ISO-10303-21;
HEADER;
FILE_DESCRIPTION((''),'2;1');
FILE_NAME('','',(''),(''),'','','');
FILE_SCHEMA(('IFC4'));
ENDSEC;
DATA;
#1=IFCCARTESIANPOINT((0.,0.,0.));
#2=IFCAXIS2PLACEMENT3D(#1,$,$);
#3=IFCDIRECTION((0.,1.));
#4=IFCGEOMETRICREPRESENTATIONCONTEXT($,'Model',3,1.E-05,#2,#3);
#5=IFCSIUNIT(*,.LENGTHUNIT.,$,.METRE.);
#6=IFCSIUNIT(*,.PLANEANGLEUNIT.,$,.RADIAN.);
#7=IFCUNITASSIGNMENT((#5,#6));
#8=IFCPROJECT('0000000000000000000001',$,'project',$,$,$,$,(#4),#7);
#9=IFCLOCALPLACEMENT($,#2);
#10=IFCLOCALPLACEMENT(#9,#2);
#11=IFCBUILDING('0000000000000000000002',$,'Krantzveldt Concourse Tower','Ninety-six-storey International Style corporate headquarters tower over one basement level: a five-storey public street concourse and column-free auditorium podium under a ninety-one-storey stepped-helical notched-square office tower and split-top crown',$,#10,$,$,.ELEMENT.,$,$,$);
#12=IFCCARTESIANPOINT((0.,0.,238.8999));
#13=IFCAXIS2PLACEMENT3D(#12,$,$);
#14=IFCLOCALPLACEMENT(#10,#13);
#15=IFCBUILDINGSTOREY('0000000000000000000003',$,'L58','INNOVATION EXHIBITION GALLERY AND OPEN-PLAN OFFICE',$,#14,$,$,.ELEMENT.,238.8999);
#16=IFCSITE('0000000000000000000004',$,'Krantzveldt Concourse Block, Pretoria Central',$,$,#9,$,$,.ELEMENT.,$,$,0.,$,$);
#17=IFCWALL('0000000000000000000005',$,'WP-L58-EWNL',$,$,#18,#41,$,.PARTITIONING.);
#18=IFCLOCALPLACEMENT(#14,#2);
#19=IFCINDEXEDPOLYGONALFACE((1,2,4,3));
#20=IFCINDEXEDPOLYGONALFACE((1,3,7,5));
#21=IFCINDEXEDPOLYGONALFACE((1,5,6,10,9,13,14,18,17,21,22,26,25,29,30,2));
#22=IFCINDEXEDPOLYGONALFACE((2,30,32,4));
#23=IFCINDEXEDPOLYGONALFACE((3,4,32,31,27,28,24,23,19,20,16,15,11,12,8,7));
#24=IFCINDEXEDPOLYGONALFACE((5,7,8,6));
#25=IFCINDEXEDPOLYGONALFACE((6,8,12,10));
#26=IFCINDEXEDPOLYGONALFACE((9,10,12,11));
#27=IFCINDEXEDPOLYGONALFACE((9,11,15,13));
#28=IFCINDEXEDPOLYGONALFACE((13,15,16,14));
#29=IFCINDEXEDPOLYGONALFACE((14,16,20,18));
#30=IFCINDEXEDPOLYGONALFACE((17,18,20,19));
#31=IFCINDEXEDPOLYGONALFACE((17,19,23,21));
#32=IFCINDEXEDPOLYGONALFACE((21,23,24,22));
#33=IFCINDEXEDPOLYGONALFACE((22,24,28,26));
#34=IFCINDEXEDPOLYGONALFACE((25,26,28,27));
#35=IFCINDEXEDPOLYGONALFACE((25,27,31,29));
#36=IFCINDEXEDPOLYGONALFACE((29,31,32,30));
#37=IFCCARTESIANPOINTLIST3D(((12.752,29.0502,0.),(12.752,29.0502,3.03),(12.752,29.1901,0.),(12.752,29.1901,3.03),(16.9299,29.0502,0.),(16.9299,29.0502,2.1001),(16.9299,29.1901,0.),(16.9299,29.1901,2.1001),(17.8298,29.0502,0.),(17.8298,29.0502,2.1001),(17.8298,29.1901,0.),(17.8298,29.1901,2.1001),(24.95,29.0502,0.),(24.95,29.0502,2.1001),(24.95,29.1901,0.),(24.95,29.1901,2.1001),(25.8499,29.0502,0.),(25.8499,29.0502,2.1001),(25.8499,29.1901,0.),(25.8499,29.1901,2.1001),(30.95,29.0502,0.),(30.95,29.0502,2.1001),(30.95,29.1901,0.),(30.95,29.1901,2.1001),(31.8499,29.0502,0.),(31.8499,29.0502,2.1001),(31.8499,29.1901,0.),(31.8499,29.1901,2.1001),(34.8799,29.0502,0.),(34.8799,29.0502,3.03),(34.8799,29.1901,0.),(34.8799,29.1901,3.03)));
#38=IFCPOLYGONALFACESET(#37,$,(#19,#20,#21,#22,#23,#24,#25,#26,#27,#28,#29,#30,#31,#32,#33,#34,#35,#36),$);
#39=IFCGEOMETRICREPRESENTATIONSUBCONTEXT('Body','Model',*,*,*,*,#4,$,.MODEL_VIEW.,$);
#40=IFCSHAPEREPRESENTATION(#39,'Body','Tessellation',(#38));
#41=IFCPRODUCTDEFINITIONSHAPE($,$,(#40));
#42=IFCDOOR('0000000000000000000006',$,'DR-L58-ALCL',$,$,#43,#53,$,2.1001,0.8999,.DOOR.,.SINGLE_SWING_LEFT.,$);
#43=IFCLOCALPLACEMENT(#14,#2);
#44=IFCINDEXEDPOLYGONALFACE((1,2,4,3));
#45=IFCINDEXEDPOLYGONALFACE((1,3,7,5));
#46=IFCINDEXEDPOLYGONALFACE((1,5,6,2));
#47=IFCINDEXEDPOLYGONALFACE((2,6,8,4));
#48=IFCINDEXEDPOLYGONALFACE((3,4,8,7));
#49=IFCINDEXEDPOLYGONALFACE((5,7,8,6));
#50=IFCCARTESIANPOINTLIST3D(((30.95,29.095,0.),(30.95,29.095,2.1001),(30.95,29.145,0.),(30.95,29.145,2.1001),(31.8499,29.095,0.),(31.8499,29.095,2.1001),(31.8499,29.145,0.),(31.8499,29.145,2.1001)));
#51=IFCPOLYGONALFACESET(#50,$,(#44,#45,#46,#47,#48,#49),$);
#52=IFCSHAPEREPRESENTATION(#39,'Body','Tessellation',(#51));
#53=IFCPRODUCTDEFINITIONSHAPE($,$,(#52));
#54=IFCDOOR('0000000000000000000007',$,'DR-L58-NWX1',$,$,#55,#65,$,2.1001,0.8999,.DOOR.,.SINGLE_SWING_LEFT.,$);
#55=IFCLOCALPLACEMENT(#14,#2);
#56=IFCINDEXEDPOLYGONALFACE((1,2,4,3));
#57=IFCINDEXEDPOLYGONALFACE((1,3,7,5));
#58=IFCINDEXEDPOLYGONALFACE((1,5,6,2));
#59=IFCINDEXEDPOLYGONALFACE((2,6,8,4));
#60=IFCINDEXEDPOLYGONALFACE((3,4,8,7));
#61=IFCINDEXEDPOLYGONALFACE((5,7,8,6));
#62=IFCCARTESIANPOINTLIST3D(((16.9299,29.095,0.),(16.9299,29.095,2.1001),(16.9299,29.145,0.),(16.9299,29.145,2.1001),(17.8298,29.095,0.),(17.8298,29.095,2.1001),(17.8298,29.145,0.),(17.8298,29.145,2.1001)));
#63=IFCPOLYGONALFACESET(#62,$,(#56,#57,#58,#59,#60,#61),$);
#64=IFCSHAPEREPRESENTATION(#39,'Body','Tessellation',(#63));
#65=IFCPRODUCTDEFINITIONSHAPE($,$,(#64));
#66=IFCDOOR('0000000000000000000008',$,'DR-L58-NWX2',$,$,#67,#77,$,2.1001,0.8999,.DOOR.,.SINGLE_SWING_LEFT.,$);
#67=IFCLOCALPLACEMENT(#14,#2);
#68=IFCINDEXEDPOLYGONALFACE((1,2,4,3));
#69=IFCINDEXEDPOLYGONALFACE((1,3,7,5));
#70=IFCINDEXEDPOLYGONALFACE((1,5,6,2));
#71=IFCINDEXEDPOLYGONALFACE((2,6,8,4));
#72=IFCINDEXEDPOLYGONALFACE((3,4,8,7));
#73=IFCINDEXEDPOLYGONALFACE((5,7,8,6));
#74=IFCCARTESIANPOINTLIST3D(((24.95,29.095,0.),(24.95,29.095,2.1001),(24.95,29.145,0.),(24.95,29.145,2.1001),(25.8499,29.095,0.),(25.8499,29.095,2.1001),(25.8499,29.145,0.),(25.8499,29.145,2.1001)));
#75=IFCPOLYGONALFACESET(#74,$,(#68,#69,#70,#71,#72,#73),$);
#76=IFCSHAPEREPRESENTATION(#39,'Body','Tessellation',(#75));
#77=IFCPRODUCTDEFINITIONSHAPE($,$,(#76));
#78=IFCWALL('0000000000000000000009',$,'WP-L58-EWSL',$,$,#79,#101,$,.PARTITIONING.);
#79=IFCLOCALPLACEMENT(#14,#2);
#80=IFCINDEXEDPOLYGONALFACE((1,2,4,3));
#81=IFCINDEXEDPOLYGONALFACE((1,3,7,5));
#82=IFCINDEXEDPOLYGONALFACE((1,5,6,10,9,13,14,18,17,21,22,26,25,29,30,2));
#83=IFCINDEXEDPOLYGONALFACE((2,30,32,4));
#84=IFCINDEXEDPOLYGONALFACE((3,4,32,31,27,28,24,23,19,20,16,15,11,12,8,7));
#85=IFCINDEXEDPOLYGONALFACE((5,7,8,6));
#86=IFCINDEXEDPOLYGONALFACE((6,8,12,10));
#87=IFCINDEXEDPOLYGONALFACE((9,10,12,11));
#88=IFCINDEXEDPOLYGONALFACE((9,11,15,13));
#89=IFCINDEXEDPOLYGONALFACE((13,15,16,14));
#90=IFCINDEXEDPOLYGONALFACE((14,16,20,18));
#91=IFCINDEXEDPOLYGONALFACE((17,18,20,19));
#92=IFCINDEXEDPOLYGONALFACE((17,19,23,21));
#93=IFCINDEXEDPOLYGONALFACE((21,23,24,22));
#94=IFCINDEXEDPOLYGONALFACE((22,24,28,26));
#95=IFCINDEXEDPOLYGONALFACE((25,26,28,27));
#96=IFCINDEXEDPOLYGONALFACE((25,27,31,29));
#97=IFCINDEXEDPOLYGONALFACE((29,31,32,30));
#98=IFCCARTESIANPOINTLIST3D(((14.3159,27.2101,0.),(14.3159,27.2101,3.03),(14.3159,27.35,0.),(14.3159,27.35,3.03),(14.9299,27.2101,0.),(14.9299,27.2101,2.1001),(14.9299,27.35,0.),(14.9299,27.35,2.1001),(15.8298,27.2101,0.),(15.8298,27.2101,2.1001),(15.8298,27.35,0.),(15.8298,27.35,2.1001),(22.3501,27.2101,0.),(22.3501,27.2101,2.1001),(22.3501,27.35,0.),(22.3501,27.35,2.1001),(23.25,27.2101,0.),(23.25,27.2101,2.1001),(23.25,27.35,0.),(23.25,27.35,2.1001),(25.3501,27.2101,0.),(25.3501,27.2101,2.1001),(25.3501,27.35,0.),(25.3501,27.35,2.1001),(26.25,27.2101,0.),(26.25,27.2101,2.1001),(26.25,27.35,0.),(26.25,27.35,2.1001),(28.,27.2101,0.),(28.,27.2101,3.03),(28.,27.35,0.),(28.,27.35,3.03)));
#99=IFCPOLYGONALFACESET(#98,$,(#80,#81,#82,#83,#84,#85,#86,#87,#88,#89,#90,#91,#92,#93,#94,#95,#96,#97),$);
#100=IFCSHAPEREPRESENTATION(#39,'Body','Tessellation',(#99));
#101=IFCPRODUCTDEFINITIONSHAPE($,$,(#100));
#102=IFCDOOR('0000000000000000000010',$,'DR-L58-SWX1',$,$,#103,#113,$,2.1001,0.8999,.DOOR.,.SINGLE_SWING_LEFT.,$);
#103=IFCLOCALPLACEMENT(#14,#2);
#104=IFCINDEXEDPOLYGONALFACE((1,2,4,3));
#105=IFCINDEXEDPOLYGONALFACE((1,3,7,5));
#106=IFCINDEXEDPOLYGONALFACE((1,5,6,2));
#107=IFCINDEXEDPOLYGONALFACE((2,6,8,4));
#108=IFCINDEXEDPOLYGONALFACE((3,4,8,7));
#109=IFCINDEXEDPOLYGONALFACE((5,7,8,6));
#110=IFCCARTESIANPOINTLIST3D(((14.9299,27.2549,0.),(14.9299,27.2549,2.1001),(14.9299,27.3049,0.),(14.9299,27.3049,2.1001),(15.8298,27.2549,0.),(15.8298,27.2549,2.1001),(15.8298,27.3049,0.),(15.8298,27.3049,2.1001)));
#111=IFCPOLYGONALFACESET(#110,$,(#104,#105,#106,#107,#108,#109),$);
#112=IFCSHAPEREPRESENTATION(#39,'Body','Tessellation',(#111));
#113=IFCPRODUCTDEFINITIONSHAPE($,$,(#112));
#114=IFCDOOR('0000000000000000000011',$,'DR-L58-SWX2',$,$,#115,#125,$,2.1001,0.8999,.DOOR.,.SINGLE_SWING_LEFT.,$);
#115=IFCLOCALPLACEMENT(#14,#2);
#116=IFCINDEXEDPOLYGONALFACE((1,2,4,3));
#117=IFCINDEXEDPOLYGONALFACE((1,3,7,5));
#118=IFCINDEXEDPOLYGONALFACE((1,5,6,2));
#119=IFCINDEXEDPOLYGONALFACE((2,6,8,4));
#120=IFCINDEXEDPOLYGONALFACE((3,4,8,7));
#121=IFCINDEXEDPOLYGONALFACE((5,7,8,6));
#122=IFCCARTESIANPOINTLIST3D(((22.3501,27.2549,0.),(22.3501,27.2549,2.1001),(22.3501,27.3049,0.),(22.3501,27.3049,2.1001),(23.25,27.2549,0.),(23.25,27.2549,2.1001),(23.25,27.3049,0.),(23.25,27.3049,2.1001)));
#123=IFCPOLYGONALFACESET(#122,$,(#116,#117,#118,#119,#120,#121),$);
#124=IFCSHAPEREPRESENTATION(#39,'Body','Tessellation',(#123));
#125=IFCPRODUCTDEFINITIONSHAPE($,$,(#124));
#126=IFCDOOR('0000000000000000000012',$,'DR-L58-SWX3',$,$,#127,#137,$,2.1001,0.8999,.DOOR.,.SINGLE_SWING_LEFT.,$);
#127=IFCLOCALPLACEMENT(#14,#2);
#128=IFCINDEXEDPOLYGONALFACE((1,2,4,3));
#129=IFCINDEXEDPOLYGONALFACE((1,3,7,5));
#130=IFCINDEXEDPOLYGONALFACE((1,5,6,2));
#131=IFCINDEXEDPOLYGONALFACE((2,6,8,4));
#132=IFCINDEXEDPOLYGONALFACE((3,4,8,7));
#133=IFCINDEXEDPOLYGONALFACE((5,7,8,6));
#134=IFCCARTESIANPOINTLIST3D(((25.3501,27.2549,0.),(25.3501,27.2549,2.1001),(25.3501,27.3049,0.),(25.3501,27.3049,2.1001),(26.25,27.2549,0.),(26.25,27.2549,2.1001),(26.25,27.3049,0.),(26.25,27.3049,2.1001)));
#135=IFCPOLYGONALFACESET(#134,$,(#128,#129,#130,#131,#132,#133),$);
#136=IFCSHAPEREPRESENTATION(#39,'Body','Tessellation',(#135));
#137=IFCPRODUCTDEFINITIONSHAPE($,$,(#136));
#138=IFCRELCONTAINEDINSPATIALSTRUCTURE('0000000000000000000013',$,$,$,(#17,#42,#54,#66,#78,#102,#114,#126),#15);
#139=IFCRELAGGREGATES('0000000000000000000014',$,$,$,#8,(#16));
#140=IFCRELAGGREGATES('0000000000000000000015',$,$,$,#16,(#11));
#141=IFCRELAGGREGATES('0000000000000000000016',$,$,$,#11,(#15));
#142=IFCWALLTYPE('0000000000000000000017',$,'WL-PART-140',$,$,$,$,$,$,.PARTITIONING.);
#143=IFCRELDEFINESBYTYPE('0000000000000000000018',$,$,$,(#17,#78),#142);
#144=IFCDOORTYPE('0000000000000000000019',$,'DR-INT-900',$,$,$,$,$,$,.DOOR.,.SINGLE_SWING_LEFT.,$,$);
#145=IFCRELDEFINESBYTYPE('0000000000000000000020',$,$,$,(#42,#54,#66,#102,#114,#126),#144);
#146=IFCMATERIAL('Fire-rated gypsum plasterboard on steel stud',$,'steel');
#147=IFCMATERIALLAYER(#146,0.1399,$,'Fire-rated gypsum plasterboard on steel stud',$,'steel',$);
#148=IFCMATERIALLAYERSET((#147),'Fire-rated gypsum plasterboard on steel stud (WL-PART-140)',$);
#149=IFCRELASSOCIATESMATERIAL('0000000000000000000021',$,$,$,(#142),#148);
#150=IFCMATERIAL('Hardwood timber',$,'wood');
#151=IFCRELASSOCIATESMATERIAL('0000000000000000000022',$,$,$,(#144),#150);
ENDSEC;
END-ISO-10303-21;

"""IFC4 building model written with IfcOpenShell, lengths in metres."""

from ifc_helpers import new_model, si_unit, direction, frame, frame_2d, origin, place, context, subcontext, project, spatial, rectangle, extrude, material, layer, layer_set, type_object, element, fill, save


model = new_model("IFC4")

# Units and contexts
model_context = context("Model", 3, precision=1e-05, world=origin(), true_north=direction((0.0, 1.0)))
body_context = subcontext(model_context, "Body", "Model", "MODEL_VIEW")
ifc_project = project(units=[si_unit("LENGTHUNIT", "METRE"), si_unit("PLANEANGLEUNIT", "RADIAN")], contexts=[model_context])

# Site, building, storey
site_placement = place(None, origin())
site = spatial("IfcSite", under=ifc_project, at=site_placement, Name="Krantzveldt Concourse Block, Pretoria Central", CompositionType="ELEMENT", RefElevation=0.0)
building_placement = place(site_placement, origin())
building = spatial("IfcBuilding", under=site, at=building_placement, Name="Krantzveldt Concourse Tower", Description="Ninety-six-storey International Style corporate headquarters tower over one basement level: a five-storey public street concourse and column-free auditorium podium under a ninety-one-storey stepped-helical notched-square office tower and split-top crown", CompositionType="ELEMENT")
storey_placement = place(building_placement, frame((0.0, 0.0, 238.8999)))
storey = spatial("IfcBuildingStorey", under=building, at=storey_placement, Name="L58", Description="INNOVATION EXHIBITION GALLERY AND OPEN-PLAN OFFICE", CompositionType="ELEMENT", Elevation=238.8999)

# Walls, openings, doors
ifc_material_1 = material(Name="Fire-rated gypsum plasterboard on steel stud", Category="steel")
ifc_layer_1 = layer(ifc_material_1, 0.1399, Name="Fire-rated gypsum plasterboard on steel stud", Category="steel")
ifc_layer_set_1 = layer_set([ifc_layer_1], Name="Fire-rated gypsum plasterboard on steel stud (WL-PART-140)")
wall_type_1 = type_object("IfcWallType", Name="WL-PART-140", PredefinedType="PARTITIONING", material=ifc_layer_set_1)
wall_1_placement = place(storey_placement, frame((12.752, 29.1201, 0.0), z_axis=(0.0, 0.0, 1.0), x_axis=(1.0, 0.0, 0.0)))
wall_1 = element("IfcWall", 1, at=wall_1_placement, inside=storey, type_object=wall_type_1, Name="WP-L58-EWNL", PredefinedType="PARTITIONING", context=body_context, shape_type="SweptSolid", body=[
    extrude(rectangle(XDim=22.1279, YDim=0.1399, at=frame_2d((11.064, 0.0))), origin(), (0.0, 0.0, 1.0), 3.03),
])
opening_1_placement = place(wall_1_placement, frame((18.198, 0.0, 0.0)))
opening_1 = element("IfcOpeningElement", 2, at=opening_1_placement, cuts=wall_1, PredefinedType="OPENING", context=body_context, shape_type="SweptSolid", body=[
    extrude(rectangle(XDim=0.8999, YDim=2.1001, at=frame_2d((0.45, 1.05))), frame((0.0, 0.0801, 0.0), z_axis=(0.0, -1.0, 0.0), x_axis=(1.0, 0.0, 0.0)), (0.0, 0.0, 1.0), 0.1599),
])
opening_2_placement = place(wall_1_placement, frame((4.178, 0.0, 0.0)))
opening_2 = element("IfcOpeningElement", 3, at=opening_2_placement, cuts=wall_1, PredefinedType="OPENING", context=body_context, shape_type="SweptSolid", body=[
    extrude(rectangle(XDim=0.8999, YDim=2.1001, at=frame_2d((0.45, 1.05))), frame((0.0, 0.0801, 0.0), z_axis=(0.0, -1.0, 0.0), x_axis=(1.0, 0.0, 0.0)), (0.0, 0.0, 1.0), 0.1599),
])
opening_3_placement = place(wall_1_placement, frame((12.198, 0.0, 0.0)))
opening_3 = element("IfcOpeningElement", 4, at=opening_3_placement, cuts=wall_1, PredefinedType="OPENING", context=body_context, shape_type="SweptSolid", body=[
    extrude(rectangle(XDim=0.8999, YDim=2.1001, at=frame_2d((0.45, 1.05))), frame((0.0, 0.0801, 0.0), z_axis=(0.0, -1.0, 0.0), x_axis=(1.0, 0.0, 0.0)), (0.0, 0.0, 1.0), 0.1599),
])
ifc_material_2 = material(Name="Hardwood timber", Category="wood")
door_type = type_object("IfcDoorType", Name="DR-INT-900", OperationType="SINGLE_SWING_LEFT", PredefinedType="DOOR", material=ifc_material_2)
door_1_placement = place(opening_1_placement, origin())
door_1 = element("IfcDoor", 5, at=door_1_placement, inside=storey, type_object=door_type, Name="DR-L58-ALCL", OperationType="SINGLE_SWING_LEFT", OverallHeight=2.1001, OverallWidth=0.8999, PredefinedType="DOOR", context=body_context, shape_type="SweptSolid", body=[
    extrude(rectangle(XDim=0.8999, YDim=2.1001, at=frame_2d((0.45, 1.05))), frame((0.0, 0.0249, 0.0), z_axis=(0.0, -1.0, 0.0), x_axis=(1.0, 0.0, 0.0)), (0.0, 0.0, 1.0), 0.05),
])
fill(opening_1, door_1)
door_2_placement = place(opening_2_placement, origin())
door_2 = element("IfcDoor", 6, at=door_2_placement, inside=storey, type_object=door_type, Name="DR-L58-NWX1", OperationType="SINGLE_SWING_LEFT", OverallHeight=2.1001, OverallWidth=0.8999, PredefinedType="DOOR", context=body_context, shape_type="SweptSolid", body=[
    extrude(rectangle(XDim=0.8999, YDim=2.1001, at=frame_2d((0.45, 1.05))), frame((0.0, 0.0249, 0.0), z_axis=(0.0, -1.0, 0.0), x_axis=(1.0, 0.0, 0.0)), (0.0, 0.0, 1.0), 0.05),
])
fill(opening_2, door_2)
door_3_placement = place(opening_3_placement, origin())
door_3 = element("IfcDoor", 7, at=door_3_placement, inside=storey, type_object=door_type, Name="DR-L58-NWX2", OperationType="SINGLE_SWING_LEFT", OverallHeight=2.1001, OverallWidth=0.8999, PredefinedType="DOOR", context=body_context, shape_type="SweptSolid", body=[
    extrude(rectangle(XDim=0.8999, YDim=2.1001, at=frame_2d((0.45, 1.05))), frame((0.0, 0.0249, 0.0), z_axis=(0.0, -1.0, 0.0), x_axis=(1.0, 0.0, 0.0)), (0.0, 0.0, 1.0), 0.05),
])
fill(opening_3, door_3)
wall_2_placement = place(storey_placement, frame((14.3159, 27.28, 0.0), z_axis=(0.0, 0.0, 1.0), x_axis=(1.0, 0.0, 0.0)))
wall_2 = element("IfcWall", 8, at=wall_2_placement, inside=storey, type_object=wall_type_1, Name="WP-L58-EWSL", PredefinedType="PARTITIONING", context=body_context, shape_type="SweptSolid", body=[
    extrude(rectangle(XDim=13.6841, YDim=0.1399, at=frame_2d((6.842, 0.0))), origin(), (0.0, 0.0, 1.0), 3.03),
])
opening_4_placement = place(wall_2_placement, frame((0.614, 0.0, 0.0)))
opening_4 = element("IfcOpeningElement", 9, at=opening_4_placement, cuts=wall_2, PredefinedType="OPENING", context=body_context, shape_type="SweptSolid", body=[
    extrude(rectangle(XDim=0.8999, YDim=2.1001, at=frame_2d((0.45, 1.05))), frame((0.0, 0.0801, 0.0), z_axis=(0.0, -1.0, 0.0), x_axis=(1.0, 0.0, 0.0)), (0.0, 0.0, 1.0), 0.1599),
])
opening_5_placement = place(wall_2_placement, frame((8.0342, 0.0, 0.0)))
opening_5 = element("IfcOpeningElement", 10, at=opening_5_placement, cuts=wall_2, PredefinedType="OPENING", context=body_context, shape_type="SweptSolid", body=[
    extrude(rectangle(XDim=0.8999, YDim=2.1001, at=frame_2d((0.45, 1.05))), frame((0.0, 0.0801, 0.0), z_axis=(0.0, -1.0, 0.0), x_axis=(1.0, 0.0, 0.0)), (0.0, 0.0, 1.0), 0.1599),
])
opening_6_placement = place(wall_2_placement, frame((11.0342, 0.0, 0.0)))
opening_6 = element("IfcOpeningElement", 11, at=opening_6_placement, cuts=wall_2, PredefinedType="OPENING", context=body_context, shape_type="SweptSolid", body=[
    extrude(rectangle(XDim=0.8999, YDim=2.1001, at=frame_2d((0.45, 1.05))), frame((0.0, 0.0801, 0.0), z_axis=(0.0, -1.0, 0.0), x_axis=(1.0, 0.0, 0.0)), (0.0, 0.0, 1.0), 0.1599),
])
door_4_placement = place(opening_4_placement, origin())
door_4 = element("IfcDoor", 12, at=door_4_placement, inside=storey, type_object=door_type, Name="DR-L58-SWX1", OperationType="SINGLE_SWING_LEFT", OverallHeight=2.1001, OverallWidth=0.8999, PredefinedType="DOOR", context=body_context, shape_type="SweptSolid", body=[
    extrude(rectangle(XDim=0.8999, YDim=2.1001, at=frame_2d((0.45, 1.05))), frame((0.0, 0.0249, 0.0), z_axis=(0.0, -1.0, 0.0), x_axis=(1.0, 0.0, 0.0)), (0.0, 0.0, 1.0), 0.05),
])
fill(opening_4, door_4)
door_5_placement = place(opening_5_placement, origin())
door_5 = element("IfcDoor", 13, at=door_5_placement, inside=storey, type_object=door_type, Name="DR-L58-SWX2", OperationType="SINGLE_SWING_LEFT", OverallHeight=2.1001, OverallWidth=0.8999, PredefinedType="DOOR", context=body_context, shape_type="SweptSolid", body=[
    extrude(rectangle(XDim=0.8999, YDim=2.1001, at=frame_2d((0.45, 1.05))), frame((0.0, 0.0249, 0.0), z_axis=(0.0, -1.0, 0.0), x_axis=(1.0, 0.0, 0.0)), (0.0, 0.0, 1.0), 0.05),
])
fill(opening_5, door_5)
door_6_placement = place(opening_6_placement, origin())
door_6 = element("IfcDoor", 14, at=door_6_placement, inside=storey, type_object=door_type, Name="DR-L58-SWX3", OperationType="SINGLE_SWING_LEFT", OverallHeight=2.1001, OverallWidth=0.8999, PredefinedType="DOOR", context=body_context, shape_type="SweptSolid", body=[
    extrude(rectangle(XDim=0.8999, YDim=2.1001, at=frame_2d((0.45, 1.05))), frame((0.0, 0.0249, 0.0), z_axis=(0.0, -1.0, 0.0), x_axis=(1.0, 0.0, 0.0)), (0.0, 0.0, 1.0), 0.05),
])
fill(opening_6, door_6)

save(model, "model.ifc")
